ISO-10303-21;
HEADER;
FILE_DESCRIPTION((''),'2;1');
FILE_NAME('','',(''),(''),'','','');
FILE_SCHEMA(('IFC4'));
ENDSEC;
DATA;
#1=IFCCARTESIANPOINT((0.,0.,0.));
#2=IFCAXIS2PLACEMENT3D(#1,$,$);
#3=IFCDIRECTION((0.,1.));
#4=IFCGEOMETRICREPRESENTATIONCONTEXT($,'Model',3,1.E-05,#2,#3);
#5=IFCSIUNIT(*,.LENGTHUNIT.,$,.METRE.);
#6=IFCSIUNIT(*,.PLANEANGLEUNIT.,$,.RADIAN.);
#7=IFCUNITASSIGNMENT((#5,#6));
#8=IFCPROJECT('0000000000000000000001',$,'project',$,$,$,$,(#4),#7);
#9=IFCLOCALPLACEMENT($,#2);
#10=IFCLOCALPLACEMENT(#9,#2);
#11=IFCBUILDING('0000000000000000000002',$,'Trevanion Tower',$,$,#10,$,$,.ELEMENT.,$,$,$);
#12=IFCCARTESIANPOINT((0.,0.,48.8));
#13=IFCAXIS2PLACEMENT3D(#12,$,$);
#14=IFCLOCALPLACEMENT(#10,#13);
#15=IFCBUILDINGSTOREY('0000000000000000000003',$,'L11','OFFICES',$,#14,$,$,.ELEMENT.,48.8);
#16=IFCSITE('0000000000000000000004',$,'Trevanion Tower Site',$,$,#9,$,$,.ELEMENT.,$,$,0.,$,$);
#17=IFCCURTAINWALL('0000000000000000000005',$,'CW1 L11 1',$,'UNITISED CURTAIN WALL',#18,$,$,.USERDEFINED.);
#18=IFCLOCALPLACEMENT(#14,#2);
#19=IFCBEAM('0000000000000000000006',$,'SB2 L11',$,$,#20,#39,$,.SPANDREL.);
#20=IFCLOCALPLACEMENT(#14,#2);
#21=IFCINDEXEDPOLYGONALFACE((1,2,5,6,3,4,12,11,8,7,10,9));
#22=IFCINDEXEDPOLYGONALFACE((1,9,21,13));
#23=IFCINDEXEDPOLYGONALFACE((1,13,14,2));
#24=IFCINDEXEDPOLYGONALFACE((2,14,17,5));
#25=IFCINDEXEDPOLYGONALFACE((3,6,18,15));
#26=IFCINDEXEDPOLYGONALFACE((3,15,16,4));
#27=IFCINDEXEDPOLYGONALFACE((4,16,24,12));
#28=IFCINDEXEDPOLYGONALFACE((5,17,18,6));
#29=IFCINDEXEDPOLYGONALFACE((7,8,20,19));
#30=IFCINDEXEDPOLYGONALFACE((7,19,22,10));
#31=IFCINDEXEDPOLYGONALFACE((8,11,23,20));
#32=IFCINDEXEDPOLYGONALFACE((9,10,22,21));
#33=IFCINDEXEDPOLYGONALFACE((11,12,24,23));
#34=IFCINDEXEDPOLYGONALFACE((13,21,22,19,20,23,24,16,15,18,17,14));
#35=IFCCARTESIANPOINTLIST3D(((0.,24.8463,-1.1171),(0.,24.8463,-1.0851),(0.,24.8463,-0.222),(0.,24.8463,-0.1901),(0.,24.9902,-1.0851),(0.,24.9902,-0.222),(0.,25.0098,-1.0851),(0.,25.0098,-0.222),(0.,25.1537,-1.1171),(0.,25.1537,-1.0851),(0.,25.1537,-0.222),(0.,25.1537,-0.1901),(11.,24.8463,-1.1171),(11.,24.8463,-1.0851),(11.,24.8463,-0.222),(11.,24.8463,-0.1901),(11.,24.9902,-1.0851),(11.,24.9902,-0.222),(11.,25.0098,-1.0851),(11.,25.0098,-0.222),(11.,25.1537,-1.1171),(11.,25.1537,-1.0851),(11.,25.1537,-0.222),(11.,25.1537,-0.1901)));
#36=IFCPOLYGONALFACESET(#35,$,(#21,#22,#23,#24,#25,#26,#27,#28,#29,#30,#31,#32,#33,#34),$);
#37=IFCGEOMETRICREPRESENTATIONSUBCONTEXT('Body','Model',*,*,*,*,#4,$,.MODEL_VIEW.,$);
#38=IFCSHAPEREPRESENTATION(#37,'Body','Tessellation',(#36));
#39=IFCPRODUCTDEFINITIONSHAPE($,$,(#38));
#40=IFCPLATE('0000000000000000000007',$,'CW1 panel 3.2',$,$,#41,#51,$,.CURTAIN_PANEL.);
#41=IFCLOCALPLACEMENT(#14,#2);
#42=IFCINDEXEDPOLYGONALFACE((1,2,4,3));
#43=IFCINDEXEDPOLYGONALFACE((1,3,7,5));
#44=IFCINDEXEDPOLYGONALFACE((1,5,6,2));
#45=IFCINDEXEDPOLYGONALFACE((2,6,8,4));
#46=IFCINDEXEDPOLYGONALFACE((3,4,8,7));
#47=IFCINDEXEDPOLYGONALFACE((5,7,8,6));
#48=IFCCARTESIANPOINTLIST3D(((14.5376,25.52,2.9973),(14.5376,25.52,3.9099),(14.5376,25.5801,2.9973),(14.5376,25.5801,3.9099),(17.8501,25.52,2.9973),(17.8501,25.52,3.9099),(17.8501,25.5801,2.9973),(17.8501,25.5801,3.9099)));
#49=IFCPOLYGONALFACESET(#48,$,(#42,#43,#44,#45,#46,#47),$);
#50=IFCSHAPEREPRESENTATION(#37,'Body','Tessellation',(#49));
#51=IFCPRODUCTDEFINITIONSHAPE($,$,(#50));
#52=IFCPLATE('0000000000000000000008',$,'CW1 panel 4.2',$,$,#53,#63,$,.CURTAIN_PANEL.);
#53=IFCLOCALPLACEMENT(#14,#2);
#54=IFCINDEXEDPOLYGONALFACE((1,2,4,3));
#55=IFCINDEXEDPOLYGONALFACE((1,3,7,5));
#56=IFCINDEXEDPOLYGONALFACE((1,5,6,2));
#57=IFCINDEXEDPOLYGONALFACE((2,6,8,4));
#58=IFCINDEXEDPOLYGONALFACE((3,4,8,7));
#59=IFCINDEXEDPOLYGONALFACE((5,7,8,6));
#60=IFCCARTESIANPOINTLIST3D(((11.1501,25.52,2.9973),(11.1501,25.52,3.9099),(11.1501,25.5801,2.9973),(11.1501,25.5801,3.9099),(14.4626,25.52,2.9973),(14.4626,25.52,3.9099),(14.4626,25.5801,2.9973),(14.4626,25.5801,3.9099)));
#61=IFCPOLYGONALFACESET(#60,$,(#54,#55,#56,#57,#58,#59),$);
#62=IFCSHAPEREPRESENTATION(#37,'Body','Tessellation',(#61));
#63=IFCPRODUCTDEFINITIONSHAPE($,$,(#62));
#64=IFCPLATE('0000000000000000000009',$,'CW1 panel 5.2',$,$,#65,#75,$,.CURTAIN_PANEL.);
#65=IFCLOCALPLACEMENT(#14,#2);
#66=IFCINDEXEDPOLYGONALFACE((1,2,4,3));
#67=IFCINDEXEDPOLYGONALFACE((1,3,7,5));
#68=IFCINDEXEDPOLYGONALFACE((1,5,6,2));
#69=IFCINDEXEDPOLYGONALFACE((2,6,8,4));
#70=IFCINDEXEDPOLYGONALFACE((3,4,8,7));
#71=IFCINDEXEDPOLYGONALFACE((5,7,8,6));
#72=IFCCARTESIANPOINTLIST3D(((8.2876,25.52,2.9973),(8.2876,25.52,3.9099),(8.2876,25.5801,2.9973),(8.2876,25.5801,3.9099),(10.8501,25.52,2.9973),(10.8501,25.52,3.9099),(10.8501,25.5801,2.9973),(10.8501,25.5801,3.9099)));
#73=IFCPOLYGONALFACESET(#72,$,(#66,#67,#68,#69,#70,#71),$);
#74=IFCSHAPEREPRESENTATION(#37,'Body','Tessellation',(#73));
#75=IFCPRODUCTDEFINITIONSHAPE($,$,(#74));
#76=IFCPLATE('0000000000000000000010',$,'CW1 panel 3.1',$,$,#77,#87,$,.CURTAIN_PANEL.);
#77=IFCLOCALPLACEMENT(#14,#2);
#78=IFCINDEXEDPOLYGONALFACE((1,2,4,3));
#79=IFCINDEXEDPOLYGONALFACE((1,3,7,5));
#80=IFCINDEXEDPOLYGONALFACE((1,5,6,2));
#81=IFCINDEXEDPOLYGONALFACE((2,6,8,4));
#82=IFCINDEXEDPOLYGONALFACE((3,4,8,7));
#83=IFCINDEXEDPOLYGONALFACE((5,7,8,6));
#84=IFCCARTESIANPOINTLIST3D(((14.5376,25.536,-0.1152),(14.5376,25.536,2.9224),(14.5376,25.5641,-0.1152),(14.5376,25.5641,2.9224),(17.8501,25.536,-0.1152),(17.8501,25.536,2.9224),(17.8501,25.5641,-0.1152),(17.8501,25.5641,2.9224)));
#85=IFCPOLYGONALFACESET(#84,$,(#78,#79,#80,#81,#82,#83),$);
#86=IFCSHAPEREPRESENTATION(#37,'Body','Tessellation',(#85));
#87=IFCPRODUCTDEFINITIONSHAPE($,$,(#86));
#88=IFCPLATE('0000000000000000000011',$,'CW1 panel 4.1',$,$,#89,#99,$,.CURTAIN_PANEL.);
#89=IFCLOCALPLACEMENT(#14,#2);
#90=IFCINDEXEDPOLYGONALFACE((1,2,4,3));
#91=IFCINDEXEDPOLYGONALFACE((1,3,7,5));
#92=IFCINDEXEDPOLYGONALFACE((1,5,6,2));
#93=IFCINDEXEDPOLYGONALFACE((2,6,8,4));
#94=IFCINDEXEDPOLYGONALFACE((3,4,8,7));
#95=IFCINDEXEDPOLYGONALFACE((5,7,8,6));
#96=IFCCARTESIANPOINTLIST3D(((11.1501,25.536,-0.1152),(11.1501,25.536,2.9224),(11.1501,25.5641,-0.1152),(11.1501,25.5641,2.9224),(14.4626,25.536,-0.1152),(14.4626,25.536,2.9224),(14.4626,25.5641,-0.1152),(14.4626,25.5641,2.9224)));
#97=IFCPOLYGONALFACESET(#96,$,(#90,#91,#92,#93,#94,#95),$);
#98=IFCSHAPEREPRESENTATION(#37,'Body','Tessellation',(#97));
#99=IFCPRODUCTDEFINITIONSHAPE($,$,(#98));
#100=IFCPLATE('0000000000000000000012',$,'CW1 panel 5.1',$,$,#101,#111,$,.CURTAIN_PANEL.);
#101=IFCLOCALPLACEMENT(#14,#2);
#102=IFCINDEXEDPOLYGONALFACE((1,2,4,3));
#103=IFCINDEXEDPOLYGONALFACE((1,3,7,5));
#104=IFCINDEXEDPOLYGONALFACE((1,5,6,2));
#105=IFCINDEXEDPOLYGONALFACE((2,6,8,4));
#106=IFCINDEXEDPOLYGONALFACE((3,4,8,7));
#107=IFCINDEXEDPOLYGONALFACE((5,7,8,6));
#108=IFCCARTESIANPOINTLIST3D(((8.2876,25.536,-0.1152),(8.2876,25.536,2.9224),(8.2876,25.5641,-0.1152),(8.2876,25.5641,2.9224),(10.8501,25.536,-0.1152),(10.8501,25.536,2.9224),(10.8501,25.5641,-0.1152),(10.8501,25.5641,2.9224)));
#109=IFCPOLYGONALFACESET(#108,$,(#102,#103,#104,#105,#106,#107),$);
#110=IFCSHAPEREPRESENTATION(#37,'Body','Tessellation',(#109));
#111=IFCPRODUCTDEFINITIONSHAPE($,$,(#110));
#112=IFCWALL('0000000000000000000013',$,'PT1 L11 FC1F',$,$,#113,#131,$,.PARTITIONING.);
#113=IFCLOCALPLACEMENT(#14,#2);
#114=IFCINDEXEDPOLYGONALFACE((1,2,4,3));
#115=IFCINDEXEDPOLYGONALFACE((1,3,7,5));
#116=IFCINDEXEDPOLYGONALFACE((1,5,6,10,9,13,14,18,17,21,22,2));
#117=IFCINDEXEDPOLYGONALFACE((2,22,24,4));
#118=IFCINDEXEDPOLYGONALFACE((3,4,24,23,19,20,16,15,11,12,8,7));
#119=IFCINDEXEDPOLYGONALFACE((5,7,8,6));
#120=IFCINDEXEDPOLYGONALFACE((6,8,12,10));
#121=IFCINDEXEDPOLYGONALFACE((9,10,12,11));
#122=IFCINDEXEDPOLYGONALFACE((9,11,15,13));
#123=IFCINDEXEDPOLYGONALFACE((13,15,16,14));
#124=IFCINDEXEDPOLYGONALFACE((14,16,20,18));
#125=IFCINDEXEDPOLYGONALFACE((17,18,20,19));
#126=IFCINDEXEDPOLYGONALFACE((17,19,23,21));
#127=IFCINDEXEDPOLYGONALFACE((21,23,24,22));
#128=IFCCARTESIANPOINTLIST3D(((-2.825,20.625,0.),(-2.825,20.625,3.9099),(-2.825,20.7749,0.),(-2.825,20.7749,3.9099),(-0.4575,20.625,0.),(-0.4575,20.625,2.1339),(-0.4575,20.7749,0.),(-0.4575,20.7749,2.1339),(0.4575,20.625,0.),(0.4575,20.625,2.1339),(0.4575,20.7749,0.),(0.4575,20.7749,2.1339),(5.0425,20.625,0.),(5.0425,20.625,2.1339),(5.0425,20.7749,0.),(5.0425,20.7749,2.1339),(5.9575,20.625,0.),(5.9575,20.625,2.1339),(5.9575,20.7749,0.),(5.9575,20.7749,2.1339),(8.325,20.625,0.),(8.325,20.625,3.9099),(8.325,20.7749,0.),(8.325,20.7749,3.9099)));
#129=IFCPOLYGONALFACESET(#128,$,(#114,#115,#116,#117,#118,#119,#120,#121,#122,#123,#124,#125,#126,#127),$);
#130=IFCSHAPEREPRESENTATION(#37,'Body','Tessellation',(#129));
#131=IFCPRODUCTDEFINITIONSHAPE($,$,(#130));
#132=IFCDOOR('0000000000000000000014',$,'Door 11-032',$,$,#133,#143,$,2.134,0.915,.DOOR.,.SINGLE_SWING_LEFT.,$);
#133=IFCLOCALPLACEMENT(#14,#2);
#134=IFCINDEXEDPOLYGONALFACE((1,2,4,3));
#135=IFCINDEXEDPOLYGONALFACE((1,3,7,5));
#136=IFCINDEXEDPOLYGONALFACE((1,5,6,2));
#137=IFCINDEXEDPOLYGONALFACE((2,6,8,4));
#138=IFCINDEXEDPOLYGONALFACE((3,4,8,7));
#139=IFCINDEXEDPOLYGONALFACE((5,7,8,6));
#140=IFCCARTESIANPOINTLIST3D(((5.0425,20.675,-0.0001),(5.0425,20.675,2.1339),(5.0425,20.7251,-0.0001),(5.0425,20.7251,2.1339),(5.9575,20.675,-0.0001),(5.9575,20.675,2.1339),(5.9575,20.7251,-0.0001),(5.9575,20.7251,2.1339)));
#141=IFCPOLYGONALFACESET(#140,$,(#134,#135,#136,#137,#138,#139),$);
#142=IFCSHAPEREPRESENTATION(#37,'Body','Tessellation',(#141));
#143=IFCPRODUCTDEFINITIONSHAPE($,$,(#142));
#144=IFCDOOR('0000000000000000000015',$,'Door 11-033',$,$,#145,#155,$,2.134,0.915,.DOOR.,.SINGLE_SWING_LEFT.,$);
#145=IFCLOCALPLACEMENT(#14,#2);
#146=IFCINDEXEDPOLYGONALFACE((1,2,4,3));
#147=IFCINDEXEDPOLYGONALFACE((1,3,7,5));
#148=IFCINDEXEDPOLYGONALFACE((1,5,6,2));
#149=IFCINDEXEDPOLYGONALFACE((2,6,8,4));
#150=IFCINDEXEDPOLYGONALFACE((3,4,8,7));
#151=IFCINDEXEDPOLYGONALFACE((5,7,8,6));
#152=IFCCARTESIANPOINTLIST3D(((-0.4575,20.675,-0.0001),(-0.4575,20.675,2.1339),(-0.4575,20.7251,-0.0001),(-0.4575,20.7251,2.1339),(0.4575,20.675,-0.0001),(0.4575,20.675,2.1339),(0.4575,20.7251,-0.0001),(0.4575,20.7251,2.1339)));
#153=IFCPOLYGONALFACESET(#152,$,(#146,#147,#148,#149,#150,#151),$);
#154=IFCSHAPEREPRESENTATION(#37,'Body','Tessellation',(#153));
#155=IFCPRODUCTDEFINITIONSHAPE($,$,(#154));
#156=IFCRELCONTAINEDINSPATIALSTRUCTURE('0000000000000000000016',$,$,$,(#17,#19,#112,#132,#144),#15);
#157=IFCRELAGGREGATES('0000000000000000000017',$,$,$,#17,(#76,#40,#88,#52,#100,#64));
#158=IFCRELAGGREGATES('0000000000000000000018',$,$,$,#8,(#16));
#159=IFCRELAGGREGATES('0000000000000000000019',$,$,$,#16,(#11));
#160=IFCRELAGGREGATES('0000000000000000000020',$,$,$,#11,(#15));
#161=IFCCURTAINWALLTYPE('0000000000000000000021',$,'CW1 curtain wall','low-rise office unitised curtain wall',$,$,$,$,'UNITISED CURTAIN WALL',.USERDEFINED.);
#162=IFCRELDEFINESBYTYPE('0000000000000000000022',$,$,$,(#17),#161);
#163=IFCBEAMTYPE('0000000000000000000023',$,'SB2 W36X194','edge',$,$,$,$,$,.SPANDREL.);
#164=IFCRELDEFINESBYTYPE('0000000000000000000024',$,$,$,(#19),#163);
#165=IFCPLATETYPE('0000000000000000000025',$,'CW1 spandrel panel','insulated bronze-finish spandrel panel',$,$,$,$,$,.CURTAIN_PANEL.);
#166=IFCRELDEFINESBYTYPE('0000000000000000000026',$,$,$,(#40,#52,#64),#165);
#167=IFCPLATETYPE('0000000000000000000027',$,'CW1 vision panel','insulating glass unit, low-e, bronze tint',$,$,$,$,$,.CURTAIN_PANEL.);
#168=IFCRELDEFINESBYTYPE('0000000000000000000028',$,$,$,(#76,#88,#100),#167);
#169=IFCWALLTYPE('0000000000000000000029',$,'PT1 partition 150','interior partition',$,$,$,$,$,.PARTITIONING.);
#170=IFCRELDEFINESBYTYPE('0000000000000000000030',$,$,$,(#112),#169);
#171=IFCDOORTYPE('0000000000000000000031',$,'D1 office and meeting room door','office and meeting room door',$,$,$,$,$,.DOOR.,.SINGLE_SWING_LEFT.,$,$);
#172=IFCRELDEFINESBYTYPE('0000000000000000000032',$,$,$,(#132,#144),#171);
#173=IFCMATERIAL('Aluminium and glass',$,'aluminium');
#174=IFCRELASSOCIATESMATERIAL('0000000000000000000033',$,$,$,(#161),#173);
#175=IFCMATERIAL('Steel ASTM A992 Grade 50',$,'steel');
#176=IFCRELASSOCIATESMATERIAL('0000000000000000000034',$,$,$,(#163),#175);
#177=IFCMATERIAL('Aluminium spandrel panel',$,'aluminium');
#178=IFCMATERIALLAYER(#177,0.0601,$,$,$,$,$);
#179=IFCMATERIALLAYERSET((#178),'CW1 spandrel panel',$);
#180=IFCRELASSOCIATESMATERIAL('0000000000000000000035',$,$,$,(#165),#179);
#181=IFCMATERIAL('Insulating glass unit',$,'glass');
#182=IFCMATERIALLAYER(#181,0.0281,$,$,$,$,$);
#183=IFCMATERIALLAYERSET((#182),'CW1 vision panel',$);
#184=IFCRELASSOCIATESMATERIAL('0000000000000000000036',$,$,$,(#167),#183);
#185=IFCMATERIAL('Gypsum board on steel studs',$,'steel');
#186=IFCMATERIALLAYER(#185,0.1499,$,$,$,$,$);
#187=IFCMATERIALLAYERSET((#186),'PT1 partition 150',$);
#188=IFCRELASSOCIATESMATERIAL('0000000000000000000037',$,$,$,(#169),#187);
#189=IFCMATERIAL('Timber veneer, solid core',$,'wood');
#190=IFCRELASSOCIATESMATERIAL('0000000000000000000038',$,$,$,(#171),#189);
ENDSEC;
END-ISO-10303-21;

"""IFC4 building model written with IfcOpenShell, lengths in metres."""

from ifc_helpers import new_model, si_unit, direction, frame, frame_2d, origin, origin_2d, place, context, subcontext, project, spatial, rectangle, i_section, extrude, material, layer, layer_set, material_profile, profile_set, type_object, element, fill, aggregate, save


model = new_model("IFC4")

# Units and contexts
model_context = context("Model", 3, precision=1e-05, world=origin(), true_north=direction((0.0, 1.0)))
body_context = subcontext(model_context, "Body", "Model", "MODEL_VIEW")
ifc_project = project(units=[si_unit("LENGTHUNIT", "METRE"), si_unit("PLANEANGLEUNIT", "RADIAN")], contexts=[model_context])

# Site, building, storey
site_placement = place(None, origin())
site = spatial("IfcSite", under=ifc_project, at=site_placement, Name="Trevanion Tower Site", CompositionType="ELEMENT", RefElevation=0.0)
building_placement = place(site_placement, origin())
building = spatial("IfcBuilding", under=site, at=building_placement, Name="Trevanion Tower", CompositionType="ELEMENT")
storey_placement = place(building_placement, frame((0.0, 0.0, 48.8)))
storey = spatial("IfcBuildingStorey", under=building, at=storey_placement, Name="L11", Description="OFFICES", CompositionType="ELEMENT", Elevation=48.8)

# Curtain wall
ifc_material_1 = material(Name="Aluminium and glass", Category="aluminium")
curtain_wall_type = type_object("IfcCurtainWallType", Name="CW1 curtain wall", Description="low-rise office unitised curtain wall", ElementType="UNITISED CURTAIN WALL", PredefinedType="USERDEFINED", material=ifc_material_1)
curtain_wall_placement = place(storey_placement, origin())
curtain_wall = element("IfcCurtainWall", 1, at=curtain_wall_placement, inside=storey, type_object=curtain_wall_type, Name="CW1 L11 1", ObjectType="UNITISED CURTAIN WALL", PredefinedType="USERDEFINED")

# Beam
ifc_material_2 = material(Name="Steel ASTM A992 Grade 50", Category="steel")
ifc_material_profile_1 = material_profile(ifc_material_2, i_section(OverallWidth=0.3074, OverallDepth=0.927, WebThickness=0.0195, FlangeThickness=0.032, at=origin_2d()), Name="W36X194")
ifc_profile_set_1 = profile_set([ifc_material_profile_1], Name="Steel ASTM A992 Grade 50")
beam_type = type_object("IfcBeamType", Name="SB2 W36X194", Description="edge", PredefinedType="SPANDREL", material=ifc_profile_set_1)
beam_1_placement = place(storey_placement, frame((11.0, 25.0, -0.6536), z_axis=(-1.0, 0.0, 0.0), x_axis=(0.0, -1.0, 0.0)))
element("IfcBeam", 2, at=beam_1_placement, inside=storey, type_object=beam_type, Name="SB2 L11", PredefinedType="SPANDREL", context=body_context, shape_type="SweptSolid", body=[
    extrude(i_section(OverallWidth=0.3074, OverallDepth=0.927, WebThickness=0.0195, FlangeThickness=0.032, at=origin_2d()), origin(), (0.0, 0.0, 1.0), 11.0),
])

# Plates
ifc_material_3 = material(Name="Aluminium spandrel panel", Category="aluminium")
ifc_layer_1 = layer(ifc_material_3, 0.0601)
ifc_layer_set_1 = layer_set([ifc_layer_1], Name="CW1 spandrel panel")
plate_type_1 = type_object("IfcPlateType", Name="CW1 spandrel panel", Description="insulated bronze-finish spandrel panel", PredefinedType="CURTAIN_PANEL", material=ifc_layer_set_1)
plate_1_placement = place(storey_placement, frame((16.1938, 25.55, 2.9973), z_axis=(0.0, 0.0, 1.0), x_axis=(-1.0, 0.0, 0.0)))
plate_1 = element("IfcPlate", 3, at=plate_1_placement, type_object=plate_type_1, Name="CW1 panel 3.2", PredefinedType="CURTAIN_PANEL", context=body_context, shape_type="SweptSolid", body=[
    extrude(rectangle(XDim=3.3125, YDim=0.0601, at=origin_2d()), origin(), (0.0, 0.0, 1.0), 0.9126),
])
plate_2_placement = place(storey_placement, frame((12.8064, 25.55, 2.9973), z_axis=(0.0, 0.0, 1.0), x_axis=(-1.0, 0.0, 0.0)))
plate_2 = element("IfcPlate", 4, at=plate_2_placement, type_object=plate_type_1, Name="CW1 panel 4.2", PredefinedType="CURTAIN_PANEL", context=body_context, shape_type="SweptSolid", body=[
    extrude(rectangle(XDim=3.3125, YDim=0.0601, at=origin_2d()), origin(), (0.0, 0.0, 1.0), 0.9126),
])
plate_3_placement = place(storey_placement, frame((9.5688, 25.55, 2.9973), z_axis=(0.0, 0.0, 1.0), x_axis=(-1.0, 0.0, 0.0)))
plate_3 = element("IfcPlate", 5, at=plate_3_placement, type_object=plate_type_1, Name="CW1 panel 5.2", PredefinedType="CURTAIN_PANEL", context=body_context, shape_type="SweptSolid", body=[
    extrude(rectangle(XDim=2.5625, YDim=0.0601, at=origin_2d()), origin(), (0.0, 0.0, 1.0), 0.9126),
])
ifc_material_4 = material(Name="Insulating glass unit", Category="glass")
ifc_layer_2 = layer(ifc_material_4, 0.0281)
ifc_layer_set_2 = layer_set([ifc_layer_2], Name="CW1 vision panel")
plate_type_2 = type_object("IfcPlateType", Name="CW1 vision panel", Description="insulating glass unit, low-e, bronze tint", PredefinedType="CURTAIN_PANEL", material=ifc_layer_set_2)
plate_4_placement = place(storey_placement, frame((16.1938, 25.55, -0.1152), z_axis=(0.0, 0.0, 1.0), x_axis=(-1.0, 0.0, 0.0)))
plate_4 = element("IfcPlate", 6, at=plate_4_placement, type_object=plate_type_2, Name="CW1 panel 3.1", PredefinedType="CURTAIN_PANEL", context=body_context, shape_type="SweptSolid", body=[
    extrude(rectangle(XDim=3.3125, YDim=0.0281, at=origin_2d()), origin(), (0.0, 0.0, 1.0), 3.0376),
])
plate_5_placement = place(storey_placement, frame((12.8064, 25.55, -0.1152), z_axis=(0.0, 0.0, 1.0), x_axis=(-1.0, 0.0, 0.0)))
plate_5 = element("IfcPlate", 7, at=plate_5_placement, type_object=plate_type_2, Name="CW1 panel 4.1", PredefinedType="CURTAIN_PANEL", context=body_context, shape_type="SweptSolid", body=[
    extrude(rectangle(XDim=3.3125, YDim=0.0281, at=origin_2d()), origin(), (0.0, 0.0, 1.0), 3.0376),
])
plate_6_placement = place(storey_placement, frame((9.5688, 25.55, -0.1152), z_axis=(0.0, 0.0, 1.0), x_axis=(-1.0, 0.0, 0.0)))
plate_6 = element("IfcPlate", 8, at=plate_6_placement, type_object=plate_type_2, Name="CW1 panel 5.1", PredefinedType="CURTAIN_PANEL", context=body_context, shape_type="SweptSolid", body=[
    extrude(rectangle(XDim=2.5625, YDim=0.0281, at=origin_2d()), origin(), (0.0, 0.0, 1.0), 3.0376),
])
aggregate(curtain_wall, [plate_4, plate_1, plate_5, plate_2, plate_6, plate_3])

# Wall, openings, doors
ifc_material_5 = material(Name="Gypsum board on steel studs", Category="steel")
ifc_layer_3 = layer(ifc_material_5, 0.1499)
ifc_layer_set_3 = layer_set([ifc_layer_3], Name="PT1 partition 150")
wall_type = type_object("IfcWallType", Name="PT1 partition 150", Description="interior partition", PredefinedType="PARTITIONING", material=ifc_layer_set_3)
wall_placement = place(storey_placement, frame((8.325, 20.7, 0.0), z_axis=(0.0, 0.0, 1.0), x_axis=(-1.0, 0.0, 0.0)))
wall = element("IfcWall", 9, at=wall_placement, inside=storey, type_object=wall_type, Name="PT1 L11 FC1F", PredefinedType="PARTITIONING", context=body_context, shape_type="SweptSolid", body=[
    extrude(rectangle(XDim=11.1499, YDim=0.1499, at=frame_2d((5.575, 0.0))), origin(), (0.0, 0.0, 1.0), 3.9099),
])
opening_1_placement = place(wall_placement, frame((2.3674, 0.0, 0.0)))
opening_1 = element("IfcOpeningElement", 10, at=opening_1_placement, cuts=wall, PredefinedType="OPENING", context=body_context, shape_type="SweptSolid", body=[
    extrude(rectangle(XDim=0.915, YDim=2.134, at=frame_2d((0.4575, 1.0669))), frame((0.0, 0.085, 0.0), z_axis=(0.0, -1.0, 0.0), x_axis=(1.0, 0.0, 0.0)), (0.0, 0.0, 1.0), 0.1699),
])
opening_2_placement = place(wall_placement, frame((7.8674, 0.0, 0.0)))
opening_2 = element("IfcOpeningElement", 11, at=opening_2_placement, cuts=wall, PredefinedType="OPENING", context=body_context, shape_type="SweptSolid", body=[
    extrude(rectangle(XDim=0.915, YDim=2.134, at=frame_2d((0.4575, 1.0669))), frame((0.0, 0.085, 0.0), z_axis=(0.0, -1.0, 0.0), x_axis=(1.0, 0.0, 0.0)), (0.0, 0.0, 1.0), 0.1699),
])
ifc_material_6 = material(Name="Timber veneer, solid core", Category="wood")
door_type = type_object("IfcDoorType", Name="D1 office and meeting room door", Description="office and meeting room door", OperationType="SINGLE_SWING_LEFT", PredefinedType="DOOR", material=ifc_material_6)
door_1_placement = place(opening_1_placement, origin())
door_1 = element("IfcDoor", 12, at=door_1_placement, inside=storey, type_object=door_type, Name="Door 11-032", OperationType="SINGLE_SWING_LEFT", OverallHeight=2.134, OverallWidth=0.915, PredefinedType="DOOR", context=body_context, shape_type="SweptSolid", body=[
    extrude(rectangle(XDim=0.915, YDim=2.134, at=frame_2d((0.4575, 1.0669))), frame((0.0, 0.0249, 0.0), z_axis=(0.0, -1.0, 0.0), x_axis=(1.0, 0.0, 0.0)), (0.0, 0.0, 1.0), 0.05),
])
fill(opening_1, door_1)
door_2_placement = place(opening_2_placement, origin())
door_2 = element("IfcDoor", 13, at=door_2_placement, inside=storey, type_object=door_type, Name="Door 11-033", OperationType="SINGLE_SWING_LEFT", OverallHeight=2.134, OverallWidth=0.915, PredefinedType="DOOR", context=body_context, shape_type="SweptSolid", body=[
    extrude(rectangle(XDim=0.915, YDim=2.134, at=frame_2d((0.4575, 1.0669))), frame((0.0, 0.0249, 0.0), z_axis=(0.0, -1.0, 0.0), x_axis=(1.0, 0.0, 0.0)), (0.0, 0.0, 1.0), 0.05),
])
fill(opening_2, door_2)

save(model, "model.ifc")
